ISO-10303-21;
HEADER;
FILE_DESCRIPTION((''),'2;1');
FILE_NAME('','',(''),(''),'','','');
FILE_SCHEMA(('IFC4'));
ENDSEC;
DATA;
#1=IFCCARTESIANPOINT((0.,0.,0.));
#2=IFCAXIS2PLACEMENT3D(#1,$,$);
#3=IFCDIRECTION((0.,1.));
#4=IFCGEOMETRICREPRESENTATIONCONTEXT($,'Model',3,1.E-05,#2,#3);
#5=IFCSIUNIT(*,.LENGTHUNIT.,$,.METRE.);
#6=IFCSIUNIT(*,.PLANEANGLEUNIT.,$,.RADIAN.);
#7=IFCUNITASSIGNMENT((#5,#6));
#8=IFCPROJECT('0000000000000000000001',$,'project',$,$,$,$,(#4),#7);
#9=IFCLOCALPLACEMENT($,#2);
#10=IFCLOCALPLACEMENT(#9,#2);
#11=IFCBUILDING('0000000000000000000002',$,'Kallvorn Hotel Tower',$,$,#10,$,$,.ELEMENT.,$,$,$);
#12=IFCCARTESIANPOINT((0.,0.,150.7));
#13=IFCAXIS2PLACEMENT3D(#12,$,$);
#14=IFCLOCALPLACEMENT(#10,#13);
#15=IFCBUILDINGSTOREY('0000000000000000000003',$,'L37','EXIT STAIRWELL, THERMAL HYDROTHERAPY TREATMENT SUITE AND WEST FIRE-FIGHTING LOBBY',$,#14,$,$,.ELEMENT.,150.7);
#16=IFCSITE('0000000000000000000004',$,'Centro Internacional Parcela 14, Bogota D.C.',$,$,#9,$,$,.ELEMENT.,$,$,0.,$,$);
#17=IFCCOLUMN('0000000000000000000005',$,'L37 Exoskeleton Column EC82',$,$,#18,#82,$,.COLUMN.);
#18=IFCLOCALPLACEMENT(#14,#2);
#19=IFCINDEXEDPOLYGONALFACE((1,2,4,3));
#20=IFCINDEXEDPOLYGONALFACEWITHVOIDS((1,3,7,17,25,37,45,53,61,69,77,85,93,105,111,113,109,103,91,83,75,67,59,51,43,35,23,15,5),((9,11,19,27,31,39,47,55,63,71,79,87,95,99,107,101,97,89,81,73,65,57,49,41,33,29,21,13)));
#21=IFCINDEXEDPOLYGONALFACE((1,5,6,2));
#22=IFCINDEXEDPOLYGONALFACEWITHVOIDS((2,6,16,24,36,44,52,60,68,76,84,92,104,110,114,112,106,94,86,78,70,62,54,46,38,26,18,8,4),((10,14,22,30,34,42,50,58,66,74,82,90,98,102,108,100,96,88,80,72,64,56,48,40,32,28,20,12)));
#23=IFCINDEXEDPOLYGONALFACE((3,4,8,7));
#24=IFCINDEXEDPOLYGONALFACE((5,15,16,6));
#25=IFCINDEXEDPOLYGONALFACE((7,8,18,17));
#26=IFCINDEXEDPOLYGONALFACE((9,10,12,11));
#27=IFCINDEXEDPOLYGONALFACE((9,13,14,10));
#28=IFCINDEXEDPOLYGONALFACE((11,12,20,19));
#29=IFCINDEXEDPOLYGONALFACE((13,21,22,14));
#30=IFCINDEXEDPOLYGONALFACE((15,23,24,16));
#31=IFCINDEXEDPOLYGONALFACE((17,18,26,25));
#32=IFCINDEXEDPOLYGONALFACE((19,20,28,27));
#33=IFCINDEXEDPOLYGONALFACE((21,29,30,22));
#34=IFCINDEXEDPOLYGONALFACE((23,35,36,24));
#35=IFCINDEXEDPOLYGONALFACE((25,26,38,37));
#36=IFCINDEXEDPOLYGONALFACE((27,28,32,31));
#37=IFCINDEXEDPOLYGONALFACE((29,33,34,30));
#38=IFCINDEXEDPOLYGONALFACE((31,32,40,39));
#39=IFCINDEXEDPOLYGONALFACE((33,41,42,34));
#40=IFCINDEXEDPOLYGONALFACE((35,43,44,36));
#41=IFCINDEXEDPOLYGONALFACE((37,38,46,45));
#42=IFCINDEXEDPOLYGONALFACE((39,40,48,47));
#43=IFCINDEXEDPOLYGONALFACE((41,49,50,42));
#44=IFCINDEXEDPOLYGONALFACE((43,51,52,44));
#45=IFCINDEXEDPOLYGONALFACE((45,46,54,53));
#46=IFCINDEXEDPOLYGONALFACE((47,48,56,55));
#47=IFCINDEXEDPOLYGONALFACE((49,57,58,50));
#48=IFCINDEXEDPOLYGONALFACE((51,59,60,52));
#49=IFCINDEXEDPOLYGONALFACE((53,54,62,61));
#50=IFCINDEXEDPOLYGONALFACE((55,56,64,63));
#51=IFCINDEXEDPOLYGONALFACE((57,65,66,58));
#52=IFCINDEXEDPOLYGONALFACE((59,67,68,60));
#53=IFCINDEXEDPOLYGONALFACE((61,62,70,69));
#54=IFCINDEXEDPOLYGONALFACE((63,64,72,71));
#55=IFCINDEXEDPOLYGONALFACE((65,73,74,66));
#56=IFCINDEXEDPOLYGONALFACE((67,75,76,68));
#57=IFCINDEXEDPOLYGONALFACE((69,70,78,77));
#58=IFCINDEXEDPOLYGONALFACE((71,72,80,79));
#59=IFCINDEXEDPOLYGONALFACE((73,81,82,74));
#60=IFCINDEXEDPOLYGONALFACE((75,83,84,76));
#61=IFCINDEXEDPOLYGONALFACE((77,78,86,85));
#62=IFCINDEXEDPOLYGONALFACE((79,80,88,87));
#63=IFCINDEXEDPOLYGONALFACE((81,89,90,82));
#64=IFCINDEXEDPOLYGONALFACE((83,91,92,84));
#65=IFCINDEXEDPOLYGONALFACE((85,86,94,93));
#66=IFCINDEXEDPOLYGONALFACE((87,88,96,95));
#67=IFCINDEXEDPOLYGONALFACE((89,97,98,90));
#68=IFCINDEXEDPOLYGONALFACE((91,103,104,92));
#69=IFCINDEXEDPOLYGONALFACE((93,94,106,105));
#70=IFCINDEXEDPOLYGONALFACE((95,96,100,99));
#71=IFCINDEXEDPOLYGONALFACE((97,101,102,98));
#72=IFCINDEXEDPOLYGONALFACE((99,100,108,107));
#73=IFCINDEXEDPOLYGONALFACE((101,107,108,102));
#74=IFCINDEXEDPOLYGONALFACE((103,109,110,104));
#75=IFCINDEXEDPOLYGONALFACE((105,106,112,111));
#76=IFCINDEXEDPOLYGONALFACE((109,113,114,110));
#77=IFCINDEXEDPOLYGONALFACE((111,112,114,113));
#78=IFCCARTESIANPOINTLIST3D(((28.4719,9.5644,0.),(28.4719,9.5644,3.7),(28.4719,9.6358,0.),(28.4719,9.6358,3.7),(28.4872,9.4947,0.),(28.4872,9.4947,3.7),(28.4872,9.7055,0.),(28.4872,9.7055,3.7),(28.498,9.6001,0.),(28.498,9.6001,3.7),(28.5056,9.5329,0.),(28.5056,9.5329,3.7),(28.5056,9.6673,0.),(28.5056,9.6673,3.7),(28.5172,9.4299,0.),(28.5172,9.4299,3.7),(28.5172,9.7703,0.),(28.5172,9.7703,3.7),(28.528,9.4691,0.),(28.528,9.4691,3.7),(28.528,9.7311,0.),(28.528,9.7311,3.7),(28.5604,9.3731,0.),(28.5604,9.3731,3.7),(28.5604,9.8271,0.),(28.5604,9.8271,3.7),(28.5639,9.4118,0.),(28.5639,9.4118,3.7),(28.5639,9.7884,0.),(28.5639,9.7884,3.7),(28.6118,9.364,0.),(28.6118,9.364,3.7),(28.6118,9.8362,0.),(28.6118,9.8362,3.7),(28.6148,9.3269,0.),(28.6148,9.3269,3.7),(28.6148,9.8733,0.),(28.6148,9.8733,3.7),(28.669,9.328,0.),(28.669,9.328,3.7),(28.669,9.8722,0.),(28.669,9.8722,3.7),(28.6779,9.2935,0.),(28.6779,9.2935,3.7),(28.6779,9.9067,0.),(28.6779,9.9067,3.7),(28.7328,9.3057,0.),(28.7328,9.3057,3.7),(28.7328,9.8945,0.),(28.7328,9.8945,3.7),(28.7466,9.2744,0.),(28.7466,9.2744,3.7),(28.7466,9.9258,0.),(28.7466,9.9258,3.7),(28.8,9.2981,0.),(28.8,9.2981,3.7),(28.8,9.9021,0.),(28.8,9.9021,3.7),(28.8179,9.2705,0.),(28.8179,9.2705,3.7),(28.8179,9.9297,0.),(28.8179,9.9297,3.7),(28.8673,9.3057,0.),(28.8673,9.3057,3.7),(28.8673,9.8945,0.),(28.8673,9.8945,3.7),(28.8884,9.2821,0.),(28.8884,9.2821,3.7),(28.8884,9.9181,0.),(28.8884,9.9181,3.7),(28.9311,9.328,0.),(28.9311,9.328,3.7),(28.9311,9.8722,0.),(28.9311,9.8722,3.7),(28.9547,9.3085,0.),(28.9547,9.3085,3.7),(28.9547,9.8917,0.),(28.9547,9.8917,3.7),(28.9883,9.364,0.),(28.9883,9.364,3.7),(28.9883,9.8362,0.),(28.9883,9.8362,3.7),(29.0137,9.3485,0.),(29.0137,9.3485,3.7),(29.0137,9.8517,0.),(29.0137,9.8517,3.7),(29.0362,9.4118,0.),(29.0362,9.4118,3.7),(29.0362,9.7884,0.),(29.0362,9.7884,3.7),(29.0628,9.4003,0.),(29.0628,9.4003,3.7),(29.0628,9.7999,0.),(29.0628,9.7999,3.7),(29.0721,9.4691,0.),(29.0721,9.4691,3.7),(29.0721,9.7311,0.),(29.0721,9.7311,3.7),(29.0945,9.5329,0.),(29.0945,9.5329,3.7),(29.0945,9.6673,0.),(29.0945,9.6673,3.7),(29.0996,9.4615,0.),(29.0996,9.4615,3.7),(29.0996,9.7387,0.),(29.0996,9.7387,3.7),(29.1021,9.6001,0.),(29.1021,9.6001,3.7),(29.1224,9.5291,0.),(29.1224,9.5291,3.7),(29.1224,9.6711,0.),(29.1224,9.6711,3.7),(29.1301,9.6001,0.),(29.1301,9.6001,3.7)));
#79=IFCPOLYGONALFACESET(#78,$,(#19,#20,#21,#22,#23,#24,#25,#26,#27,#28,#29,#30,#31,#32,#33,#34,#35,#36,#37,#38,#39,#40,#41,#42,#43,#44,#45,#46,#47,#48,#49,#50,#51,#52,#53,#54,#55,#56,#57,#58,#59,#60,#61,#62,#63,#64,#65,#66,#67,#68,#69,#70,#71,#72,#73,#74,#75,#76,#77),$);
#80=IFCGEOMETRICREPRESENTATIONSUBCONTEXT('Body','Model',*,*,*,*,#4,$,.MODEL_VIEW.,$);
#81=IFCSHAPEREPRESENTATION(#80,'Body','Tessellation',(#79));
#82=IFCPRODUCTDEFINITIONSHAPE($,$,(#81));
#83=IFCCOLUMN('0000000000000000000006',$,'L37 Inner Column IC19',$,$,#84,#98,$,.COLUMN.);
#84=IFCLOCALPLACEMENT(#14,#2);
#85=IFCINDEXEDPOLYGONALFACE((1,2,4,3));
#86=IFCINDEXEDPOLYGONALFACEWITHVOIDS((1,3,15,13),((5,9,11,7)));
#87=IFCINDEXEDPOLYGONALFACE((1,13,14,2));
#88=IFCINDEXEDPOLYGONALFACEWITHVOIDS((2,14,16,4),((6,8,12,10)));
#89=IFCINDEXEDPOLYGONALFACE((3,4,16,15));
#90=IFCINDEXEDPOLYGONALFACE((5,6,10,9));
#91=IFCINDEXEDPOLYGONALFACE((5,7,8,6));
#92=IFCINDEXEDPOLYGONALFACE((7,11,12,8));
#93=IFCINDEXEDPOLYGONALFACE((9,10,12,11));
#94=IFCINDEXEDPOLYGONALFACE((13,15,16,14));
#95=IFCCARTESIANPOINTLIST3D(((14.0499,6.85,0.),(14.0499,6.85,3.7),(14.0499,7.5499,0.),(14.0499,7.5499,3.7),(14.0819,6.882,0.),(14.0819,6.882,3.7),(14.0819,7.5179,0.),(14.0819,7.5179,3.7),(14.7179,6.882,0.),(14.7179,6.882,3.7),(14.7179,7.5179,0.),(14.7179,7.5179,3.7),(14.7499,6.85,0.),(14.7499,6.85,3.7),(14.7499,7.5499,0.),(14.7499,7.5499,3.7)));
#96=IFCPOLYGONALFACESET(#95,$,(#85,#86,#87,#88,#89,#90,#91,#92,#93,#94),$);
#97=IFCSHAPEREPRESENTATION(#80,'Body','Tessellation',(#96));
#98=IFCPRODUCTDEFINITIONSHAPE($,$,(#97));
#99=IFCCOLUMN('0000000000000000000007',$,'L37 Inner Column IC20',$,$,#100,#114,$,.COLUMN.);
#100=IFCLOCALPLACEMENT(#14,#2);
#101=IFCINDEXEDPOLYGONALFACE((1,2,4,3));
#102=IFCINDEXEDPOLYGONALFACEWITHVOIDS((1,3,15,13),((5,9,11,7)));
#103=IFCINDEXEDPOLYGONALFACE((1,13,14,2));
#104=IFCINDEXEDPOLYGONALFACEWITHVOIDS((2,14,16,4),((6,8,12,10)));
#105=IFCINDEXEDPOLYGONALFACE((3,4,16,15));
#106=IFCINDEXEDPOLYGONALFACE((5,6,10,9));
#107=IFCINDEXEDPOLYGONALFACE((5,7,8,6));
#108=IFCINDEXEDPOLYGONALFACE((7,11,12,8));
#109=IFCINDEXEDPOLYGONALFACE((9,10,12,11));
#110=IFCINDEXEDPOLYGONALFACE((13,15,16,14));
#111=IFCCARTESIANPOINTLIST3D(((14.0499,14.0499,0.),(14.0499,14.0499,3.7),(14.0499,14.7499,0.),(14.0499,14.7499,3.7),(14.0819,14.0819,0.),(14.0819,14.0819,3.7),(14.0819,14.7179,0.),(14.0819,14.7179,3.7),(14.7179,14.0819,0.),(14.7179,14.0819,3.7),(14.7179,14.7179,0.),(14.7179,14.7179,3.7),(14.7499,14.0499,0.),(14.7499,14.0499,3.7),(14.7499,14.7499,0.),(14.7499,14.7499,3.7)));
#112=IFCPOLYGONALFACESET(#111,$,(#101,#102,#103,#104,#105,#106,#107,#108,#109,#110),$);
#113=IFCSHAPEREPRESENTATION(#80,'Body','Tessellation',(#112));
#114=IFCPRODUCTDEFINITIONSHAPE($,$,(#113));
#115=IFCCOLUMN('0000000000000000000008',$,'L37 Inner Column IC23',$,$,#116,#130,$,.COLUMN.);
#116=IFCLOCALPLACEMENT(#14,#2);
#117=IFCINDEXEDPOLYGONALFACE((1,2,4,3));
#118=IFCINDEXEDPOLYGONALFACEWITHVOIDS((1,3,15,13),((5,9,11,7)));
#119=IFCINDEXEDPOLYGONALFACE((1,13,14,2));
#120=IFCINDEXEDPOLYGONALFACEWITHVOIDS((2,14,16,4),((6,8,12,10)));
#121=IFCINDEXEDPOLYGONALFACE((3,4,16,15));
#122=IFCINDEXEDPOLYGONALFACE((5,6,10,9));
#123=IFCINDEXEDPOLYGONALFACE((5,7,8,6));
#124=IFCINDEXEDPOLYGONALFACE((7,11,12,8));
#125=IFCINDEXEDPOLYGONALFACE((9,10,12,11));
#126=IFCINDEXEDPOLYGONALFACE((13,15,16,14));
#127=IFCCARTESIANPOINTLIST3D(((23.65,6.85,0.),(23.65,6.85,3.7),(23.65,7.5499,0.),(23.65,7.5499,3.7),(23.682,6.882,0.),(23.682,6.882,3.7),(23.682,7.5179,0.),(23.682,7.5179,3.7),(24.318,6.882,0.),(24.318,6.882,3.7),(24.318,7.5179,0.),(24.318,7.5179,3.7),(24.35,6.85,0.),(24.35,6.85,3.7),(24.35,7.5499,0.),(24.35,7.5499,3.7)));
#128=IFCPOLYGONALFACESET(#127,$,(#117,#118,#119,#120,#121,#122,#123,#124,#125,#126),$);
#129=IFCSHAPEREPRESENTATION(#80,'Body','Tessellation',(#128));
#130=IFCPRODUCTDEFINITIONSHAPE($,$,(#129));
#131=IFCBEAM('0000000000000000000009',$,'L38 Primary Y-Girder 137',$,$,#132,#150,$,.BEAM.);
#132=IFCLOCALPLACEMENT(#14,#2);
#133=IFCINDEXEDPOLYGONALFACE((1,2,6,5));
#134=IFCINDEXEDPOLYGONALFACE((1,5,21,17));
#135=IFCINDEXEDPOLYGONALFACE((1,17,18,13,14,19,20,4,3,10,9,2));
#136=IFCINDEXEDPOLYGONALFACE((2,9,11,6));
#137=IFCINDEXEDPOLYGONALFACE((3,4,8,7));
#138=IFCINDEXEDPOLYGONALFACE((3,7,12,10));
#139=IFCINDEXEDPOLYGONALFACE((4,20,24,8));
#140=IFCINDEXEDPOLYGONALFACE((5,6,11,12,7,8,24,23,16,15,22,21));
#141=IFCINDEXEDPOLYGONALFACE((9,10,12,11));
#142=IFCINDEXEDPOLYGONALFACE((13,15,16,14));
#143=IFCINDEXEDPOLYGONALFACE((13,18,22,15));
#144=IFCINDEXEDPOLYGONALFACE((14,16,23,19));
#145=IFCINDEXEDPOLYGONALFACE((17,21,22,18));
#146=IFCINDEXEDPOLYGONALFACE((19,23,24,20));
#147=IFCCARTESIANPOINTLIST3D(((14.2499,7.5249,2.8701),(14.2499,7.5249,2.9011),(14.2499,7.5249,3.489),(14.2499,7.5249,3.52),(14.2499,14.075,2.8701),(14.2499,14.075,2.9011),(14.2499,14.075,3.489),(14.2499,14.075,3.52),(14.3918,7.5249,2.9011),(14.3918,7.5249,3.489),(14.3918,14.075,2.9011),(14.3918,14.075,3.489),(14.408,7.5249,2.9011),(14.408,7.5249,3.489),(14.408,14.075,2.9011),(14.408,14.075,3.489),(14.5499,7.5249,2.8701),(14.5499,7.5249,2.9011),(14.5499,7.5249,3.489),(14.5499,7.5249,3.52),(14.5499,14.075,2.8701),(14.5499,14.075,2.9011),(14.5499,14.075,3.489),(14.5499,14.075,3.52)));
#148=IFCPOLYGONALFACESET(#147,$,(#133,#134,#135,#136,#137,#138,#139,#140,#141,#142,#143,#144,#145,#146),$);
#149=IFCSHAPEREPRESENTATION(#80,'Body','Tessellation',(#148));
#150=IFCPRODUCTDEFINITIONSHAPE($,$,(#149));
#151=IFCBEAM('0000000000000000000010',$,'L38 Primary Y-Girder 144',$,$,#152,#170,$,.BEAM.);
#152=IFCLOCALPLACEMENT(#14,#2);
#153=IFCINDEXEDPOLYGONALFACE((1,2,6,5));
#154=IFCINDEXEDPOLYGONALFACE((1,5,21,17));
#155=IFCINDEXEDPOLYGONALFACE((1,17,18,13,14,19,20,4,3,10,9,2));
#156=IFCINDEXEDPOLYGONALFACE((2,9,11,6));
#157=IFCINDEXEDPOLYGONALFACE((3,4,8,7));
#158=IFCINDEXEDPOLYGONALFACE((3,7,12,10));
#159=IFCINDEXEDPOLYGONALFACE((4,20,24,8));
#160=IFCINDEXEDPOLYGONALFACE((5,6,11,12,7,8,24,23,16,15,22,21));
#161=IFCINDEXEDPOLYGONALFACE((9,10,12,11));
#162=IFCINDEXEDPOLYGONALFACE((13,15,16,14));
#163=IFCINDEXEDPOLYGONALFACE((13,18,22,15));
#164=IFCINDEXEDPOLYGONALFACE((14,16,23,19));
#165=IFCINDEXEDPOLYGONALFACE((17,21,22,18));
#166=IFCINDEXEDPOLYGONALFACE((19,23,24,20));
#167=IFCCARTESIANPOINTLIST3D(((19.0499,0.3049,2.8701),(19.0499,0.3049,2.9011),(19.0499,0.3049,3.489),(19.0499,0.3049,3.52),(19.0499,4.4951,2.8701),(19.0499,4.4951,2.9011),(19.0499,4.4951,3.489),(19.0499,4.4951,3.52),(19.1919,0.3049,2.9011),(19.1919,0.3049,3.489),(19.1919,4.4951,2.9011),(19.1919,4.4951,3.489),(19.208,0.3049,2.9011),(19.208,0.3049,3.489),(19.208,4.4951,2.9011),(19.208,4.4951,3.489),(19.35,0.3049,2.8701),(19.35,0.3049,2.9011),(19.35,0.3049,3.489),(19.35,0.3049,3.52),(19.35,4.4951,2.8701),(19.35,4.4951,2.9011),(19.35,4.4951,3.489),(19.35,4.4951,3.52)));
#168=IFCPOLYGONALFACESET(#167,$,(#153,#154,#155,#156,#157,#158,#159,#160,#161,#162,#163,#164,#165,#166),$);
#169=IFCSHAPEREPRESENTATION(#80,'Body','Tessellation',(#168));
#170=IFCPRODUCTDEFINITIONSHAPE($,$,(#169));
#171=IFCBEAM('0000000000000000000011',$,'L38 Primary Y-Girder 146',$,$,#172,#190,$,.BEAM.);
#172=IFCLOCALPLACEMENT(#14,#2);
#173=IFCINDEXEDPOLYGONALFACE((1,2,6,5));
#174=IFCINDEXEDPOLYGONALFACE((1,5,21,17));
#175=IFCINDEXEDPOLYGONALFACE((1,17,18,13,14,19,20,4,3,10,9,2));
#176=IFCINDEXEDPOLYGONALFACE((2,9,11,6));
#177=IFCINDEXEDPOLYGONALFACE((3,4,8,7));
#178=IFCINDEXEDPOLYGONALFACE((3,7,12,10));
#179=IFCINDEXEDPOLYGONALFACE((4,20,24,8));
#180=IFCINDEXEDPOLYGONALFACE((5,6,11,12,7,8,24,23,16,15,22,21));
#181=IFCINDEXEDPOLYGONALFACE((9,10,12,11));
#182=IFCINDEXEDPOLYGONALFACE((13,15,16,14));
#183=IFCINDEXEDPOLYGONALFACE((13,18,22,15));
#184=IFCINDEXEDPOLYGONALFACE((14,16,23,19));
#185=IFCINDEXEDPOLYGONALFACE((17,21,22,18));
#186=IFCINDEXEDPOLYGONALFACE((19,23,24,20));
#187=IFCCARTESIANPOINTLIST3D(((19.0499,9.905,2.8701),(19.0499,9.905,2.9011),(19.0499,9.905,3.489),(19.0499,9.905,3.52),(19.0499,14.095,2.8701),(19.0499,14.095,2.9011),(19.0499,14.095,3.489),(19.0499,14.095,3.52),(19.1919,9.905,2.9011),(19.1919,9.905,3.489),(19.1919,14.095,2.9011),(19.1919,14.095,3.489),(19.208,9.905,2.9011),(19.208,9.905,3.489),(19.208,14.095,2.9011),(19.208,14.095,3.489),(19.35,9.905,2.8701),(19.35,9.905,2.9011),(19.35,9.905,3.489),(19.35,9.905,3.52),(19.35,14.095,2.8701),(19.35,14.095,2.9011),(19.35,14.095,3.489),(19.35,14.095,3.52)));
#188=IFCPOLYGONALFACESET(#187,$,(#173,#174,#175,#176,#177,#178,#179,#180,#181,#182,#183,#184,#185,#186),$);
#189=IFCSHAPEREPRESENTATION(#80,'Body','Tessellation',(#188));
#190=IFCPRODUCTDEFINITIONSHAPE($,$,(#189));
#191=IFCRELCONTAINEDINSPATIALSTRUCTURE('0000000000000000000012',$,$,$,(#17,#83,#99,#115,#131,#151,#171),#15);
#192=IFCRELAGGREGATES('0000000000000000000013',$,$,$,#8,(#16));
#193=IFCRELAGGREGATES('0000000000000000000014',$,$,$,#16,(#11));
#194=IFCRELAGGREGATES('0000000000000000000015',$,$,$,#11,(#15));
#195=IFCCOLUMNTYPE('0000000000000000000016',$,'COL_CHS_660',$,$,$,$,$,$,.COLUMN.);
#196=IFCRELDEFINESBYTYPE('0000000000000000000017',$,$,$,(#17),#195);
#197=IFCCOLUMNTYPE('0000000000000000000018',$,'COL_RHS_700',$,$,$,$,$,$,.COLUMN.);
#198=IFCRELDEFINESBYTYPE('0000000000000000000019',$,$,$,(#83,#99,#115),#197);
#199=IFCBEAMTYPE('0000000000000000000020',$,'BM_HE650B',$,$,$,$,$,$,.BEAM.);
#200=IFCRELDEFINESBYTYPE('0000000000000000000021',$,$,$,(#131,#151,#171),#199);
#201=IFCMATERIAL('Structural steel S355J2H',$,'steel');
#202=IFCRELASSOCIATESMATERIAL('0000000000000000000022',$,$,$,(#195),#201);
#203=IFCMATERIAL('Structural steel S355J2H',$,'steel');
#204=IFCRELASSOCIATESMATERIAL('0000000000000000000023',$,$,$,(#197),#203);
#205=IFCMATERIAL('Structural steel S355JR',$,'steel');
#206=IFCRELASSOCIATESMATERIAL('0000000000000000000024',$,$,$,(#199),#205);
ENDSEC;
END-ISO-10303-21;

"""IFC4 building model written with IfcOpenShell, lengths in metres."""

from ifc_helpers import new_model, si_unit, direction, frame, origin, origin_2d, place, context, subcontext, project, spatial, hollow_rectangle, hollow_circle, i_section, extrude, material, material_profile, profile_set, type_object, element, save


model = new_model("IFC4")

# Units and contexts
model_context = context("Model", 3, precision=1e-05, world=origin(), true_north=direction((0.0, 1.0)))
body_context = subcontext(model_context, "Body", "Model", "MODEL_VIEW")
ifc_project = project(units=[si_unit("LENGTHUNIT", "METRE"), si_unit("PLANEANGLEUNIT", "RADIAN")], contexts=[model_context])

# Site, building, storey
site_placement = place(None, origin())
site = spatial("IfcSite", under=ifc_project, at=site_placement, Name="Centro Internacional Parcela 14, Bogota D.C.", CompositionType="ELEMENT", RefElevation=0.0)
building_placement = place(site_placement, origin())
building = spatial("IfcBuilding", under=site, at=building_placement, Name="Kallvorn Hotel Tower", CompositionType="ELEMENT")
storey_placement = place(building_placement, frame((0.0, 0.0, 150.7)))
storey = spatial("IfcBuildingStorey", under=building, at=storey_placement, Name="L37", Description="EXIT STAIRWELL, THERMAL HYDROTHERAPY TREATMENT SUITE AND WEST FIRE-FIGHTING LOBBY", CompositionType="ELEMENT", Elevation=150.7)

# Columns
ifc_material_1 = material(Name="Structural steel S355J2H", Category="steel")
ifc_material_profile_1 = material_profile(ifc_material_1, hollow_circle(Radius=0.3301, WallThickness=0.0281, at=origin_2d()), Name="CHS 660x28")
ifc_profile_set_1 = profile_set([ifc_material_profile_1], Name="Structural steel S355J2H")
column_type_1 = type_object("IfcColumnType", Name="COL_CHS_660", PredefinedType="COLUMN", material=ifc_profile_set_1)
for number, where, z_axis, x_axis, name in (
    (1, (28.8, 9.6001, 0.0), (0.0, 0.0, 1.0), (1.0, 0.0, 0.0), "L37 Exoskeleton Column EC82"),
):
    element("IfcColumn", number, at=place(storey_placement, frame(where, z_axis=z_axis, x_axis=x_axis)), inside=storey, type_object=column_type_1, Name=name, PredefinedType="COLUMN", context=body_context, shape_type="SweptSolid", body=[
        extrude(hollow_circle(Radius=0.3301, WallThickness=0.0281, at=origin_2d()), origin(), (0.0, 0.0, 1.0), 3.7),
    ])
ifc_material_2 = material(Name="Structural steel S355J2H", Category="steel")
ifc_material_profile_2 = material_profile(ifc_material_2, hollow_rectangle(XDim=0.7, YDim=0.7, WallThickness=0.032, at=origin_2d()), Name="RHS 700x700x32")
ifc_profile_set_2 = profile_set([ifc_material_profile_2], Name="Structural steel S355J2H")
column_type_2 = type_object("IfcColumnType", Name="COL_RHS_700", PredefinedType="COLUMN", material=ifc_profile_set_2)
for number, where, z_axis, x_axis, name in (
    (2, (14.3999, 7.2, 0.0), (0.0, 0.0, 1.0), (1.0, 0.0, 0.0), "L37 Inner Column IC19"),
    (3, (14.3999, 14.3999, 0.0), (0.0, 0.0, 1.0), (1.0, 0.0, 0.0), "L37 Inner Column IC20"),
    (4, (24.0, 7.2, 0.0), (0.0, 0.0, 1.0), (1.0, 0.0, 0.0), "L37 Inner Column IC23"),
):
    element("IfcColumn", number, at=place(storey_placement, frame(where, z_axis=z_axis, x_axis=x_axis)), inside=storey, type_object=column_type_2, Name=name, PredefinedType="COLUMN", context=body_context, shape_type="SweptSolid", body=[
        extrude(hollow_rectangle(XDim=0.7, YDim=0.7, WallThickness=0.032, at=origin_2d()), origin(), (0.0, 0.0, 1.0), 3.7),
    ])

# Beams
ifc_material_3 = material(Name="Structural steel S355JR", Category="steel")
ifc_material_profile_3 = material_profile(ifc_material_3, i_section(OverallWidth=0.3, OverallDepth=0.6499, WebThickness=0.0161, FlangeThickness=0.031, at=origin_2d()), Name="HE 650 B")
ifc_profile_set_3 = profile_set([ifc_material_profile_3], Name="Structural steel S355JR")
beam_type_1 = type_object("IfcBeamType", Name="BM_HE650B", PredefinedType="BEAM", material=ifc_profile_set_3)
beam_1_placement = place(storey_placement, frame((14.3999, 7.5249, 3.1951), z_axis=(0.0, 1.0, 0.0), x_axis=(-1.0, 0.0, 0.0)))
element("IfcBeam", 5, at=beam_1_placement, inside=storey, type_object=beam_type_1, Name="L38 Primary Y-Girder 137", PredefinedType="BEAM", context=body_context, shape_type="SweptSolid", body=[
    extrude(i_section(OverallWidth=0.3, OverallDepth=0.6499, WebThickness=0.0161, FlangeThickness=0.031, at=origin_2d()), origin(), (0.0, 0.0, 1.0), 6.55),
])
beam_2_placement = place(storey_placement, frame((19.2, 0.3049, 3.1951), z_axis=(0.0, 1.0, 0.0), x_axis=(-1.0, 0.0, 0.0)))
element("IfcBeam", 6, at=beam_2_placement, inside=storey, type_object=beam_type_1, Name="L38 Primary Y-Girder 144", PredefinedType="BEAM", context=body_context, shape_type="SweptSolid", body=[
    extrude(i_section(OverallWidth=0.3, OverallDepth=0.6499, WebThickness=0.0161, FlangeThickness=0.031, at=origin_2d()), origin(), (0.0, 0.0, 1.0), 4.1902),
])
beam_3_placement = place(storey_placement, frame((19.2, 9.905, 3.1951), z_axis=(0.0, 1.0, 0.0), x_axis=(-1.0, 0.0, 0.0)))
element("IfcBeam", 7, at=beam_3_placement, inside=storey, type_object=beam_type_1, Name="L38 Primary Y-Girder 146", PredefinedType="BEAM", context=body_context, shape_type="SweptSolid", body=[
    extrude(i_section(OverallWidth=0.3, OverallDepth=0.6499, WebThickness=0.0161, FlangeThickness=0.031, at=origin_2d()), origin(), (0.0, 0.0, 1.0), 4.1899),
])

save(model, "model.ifc")
